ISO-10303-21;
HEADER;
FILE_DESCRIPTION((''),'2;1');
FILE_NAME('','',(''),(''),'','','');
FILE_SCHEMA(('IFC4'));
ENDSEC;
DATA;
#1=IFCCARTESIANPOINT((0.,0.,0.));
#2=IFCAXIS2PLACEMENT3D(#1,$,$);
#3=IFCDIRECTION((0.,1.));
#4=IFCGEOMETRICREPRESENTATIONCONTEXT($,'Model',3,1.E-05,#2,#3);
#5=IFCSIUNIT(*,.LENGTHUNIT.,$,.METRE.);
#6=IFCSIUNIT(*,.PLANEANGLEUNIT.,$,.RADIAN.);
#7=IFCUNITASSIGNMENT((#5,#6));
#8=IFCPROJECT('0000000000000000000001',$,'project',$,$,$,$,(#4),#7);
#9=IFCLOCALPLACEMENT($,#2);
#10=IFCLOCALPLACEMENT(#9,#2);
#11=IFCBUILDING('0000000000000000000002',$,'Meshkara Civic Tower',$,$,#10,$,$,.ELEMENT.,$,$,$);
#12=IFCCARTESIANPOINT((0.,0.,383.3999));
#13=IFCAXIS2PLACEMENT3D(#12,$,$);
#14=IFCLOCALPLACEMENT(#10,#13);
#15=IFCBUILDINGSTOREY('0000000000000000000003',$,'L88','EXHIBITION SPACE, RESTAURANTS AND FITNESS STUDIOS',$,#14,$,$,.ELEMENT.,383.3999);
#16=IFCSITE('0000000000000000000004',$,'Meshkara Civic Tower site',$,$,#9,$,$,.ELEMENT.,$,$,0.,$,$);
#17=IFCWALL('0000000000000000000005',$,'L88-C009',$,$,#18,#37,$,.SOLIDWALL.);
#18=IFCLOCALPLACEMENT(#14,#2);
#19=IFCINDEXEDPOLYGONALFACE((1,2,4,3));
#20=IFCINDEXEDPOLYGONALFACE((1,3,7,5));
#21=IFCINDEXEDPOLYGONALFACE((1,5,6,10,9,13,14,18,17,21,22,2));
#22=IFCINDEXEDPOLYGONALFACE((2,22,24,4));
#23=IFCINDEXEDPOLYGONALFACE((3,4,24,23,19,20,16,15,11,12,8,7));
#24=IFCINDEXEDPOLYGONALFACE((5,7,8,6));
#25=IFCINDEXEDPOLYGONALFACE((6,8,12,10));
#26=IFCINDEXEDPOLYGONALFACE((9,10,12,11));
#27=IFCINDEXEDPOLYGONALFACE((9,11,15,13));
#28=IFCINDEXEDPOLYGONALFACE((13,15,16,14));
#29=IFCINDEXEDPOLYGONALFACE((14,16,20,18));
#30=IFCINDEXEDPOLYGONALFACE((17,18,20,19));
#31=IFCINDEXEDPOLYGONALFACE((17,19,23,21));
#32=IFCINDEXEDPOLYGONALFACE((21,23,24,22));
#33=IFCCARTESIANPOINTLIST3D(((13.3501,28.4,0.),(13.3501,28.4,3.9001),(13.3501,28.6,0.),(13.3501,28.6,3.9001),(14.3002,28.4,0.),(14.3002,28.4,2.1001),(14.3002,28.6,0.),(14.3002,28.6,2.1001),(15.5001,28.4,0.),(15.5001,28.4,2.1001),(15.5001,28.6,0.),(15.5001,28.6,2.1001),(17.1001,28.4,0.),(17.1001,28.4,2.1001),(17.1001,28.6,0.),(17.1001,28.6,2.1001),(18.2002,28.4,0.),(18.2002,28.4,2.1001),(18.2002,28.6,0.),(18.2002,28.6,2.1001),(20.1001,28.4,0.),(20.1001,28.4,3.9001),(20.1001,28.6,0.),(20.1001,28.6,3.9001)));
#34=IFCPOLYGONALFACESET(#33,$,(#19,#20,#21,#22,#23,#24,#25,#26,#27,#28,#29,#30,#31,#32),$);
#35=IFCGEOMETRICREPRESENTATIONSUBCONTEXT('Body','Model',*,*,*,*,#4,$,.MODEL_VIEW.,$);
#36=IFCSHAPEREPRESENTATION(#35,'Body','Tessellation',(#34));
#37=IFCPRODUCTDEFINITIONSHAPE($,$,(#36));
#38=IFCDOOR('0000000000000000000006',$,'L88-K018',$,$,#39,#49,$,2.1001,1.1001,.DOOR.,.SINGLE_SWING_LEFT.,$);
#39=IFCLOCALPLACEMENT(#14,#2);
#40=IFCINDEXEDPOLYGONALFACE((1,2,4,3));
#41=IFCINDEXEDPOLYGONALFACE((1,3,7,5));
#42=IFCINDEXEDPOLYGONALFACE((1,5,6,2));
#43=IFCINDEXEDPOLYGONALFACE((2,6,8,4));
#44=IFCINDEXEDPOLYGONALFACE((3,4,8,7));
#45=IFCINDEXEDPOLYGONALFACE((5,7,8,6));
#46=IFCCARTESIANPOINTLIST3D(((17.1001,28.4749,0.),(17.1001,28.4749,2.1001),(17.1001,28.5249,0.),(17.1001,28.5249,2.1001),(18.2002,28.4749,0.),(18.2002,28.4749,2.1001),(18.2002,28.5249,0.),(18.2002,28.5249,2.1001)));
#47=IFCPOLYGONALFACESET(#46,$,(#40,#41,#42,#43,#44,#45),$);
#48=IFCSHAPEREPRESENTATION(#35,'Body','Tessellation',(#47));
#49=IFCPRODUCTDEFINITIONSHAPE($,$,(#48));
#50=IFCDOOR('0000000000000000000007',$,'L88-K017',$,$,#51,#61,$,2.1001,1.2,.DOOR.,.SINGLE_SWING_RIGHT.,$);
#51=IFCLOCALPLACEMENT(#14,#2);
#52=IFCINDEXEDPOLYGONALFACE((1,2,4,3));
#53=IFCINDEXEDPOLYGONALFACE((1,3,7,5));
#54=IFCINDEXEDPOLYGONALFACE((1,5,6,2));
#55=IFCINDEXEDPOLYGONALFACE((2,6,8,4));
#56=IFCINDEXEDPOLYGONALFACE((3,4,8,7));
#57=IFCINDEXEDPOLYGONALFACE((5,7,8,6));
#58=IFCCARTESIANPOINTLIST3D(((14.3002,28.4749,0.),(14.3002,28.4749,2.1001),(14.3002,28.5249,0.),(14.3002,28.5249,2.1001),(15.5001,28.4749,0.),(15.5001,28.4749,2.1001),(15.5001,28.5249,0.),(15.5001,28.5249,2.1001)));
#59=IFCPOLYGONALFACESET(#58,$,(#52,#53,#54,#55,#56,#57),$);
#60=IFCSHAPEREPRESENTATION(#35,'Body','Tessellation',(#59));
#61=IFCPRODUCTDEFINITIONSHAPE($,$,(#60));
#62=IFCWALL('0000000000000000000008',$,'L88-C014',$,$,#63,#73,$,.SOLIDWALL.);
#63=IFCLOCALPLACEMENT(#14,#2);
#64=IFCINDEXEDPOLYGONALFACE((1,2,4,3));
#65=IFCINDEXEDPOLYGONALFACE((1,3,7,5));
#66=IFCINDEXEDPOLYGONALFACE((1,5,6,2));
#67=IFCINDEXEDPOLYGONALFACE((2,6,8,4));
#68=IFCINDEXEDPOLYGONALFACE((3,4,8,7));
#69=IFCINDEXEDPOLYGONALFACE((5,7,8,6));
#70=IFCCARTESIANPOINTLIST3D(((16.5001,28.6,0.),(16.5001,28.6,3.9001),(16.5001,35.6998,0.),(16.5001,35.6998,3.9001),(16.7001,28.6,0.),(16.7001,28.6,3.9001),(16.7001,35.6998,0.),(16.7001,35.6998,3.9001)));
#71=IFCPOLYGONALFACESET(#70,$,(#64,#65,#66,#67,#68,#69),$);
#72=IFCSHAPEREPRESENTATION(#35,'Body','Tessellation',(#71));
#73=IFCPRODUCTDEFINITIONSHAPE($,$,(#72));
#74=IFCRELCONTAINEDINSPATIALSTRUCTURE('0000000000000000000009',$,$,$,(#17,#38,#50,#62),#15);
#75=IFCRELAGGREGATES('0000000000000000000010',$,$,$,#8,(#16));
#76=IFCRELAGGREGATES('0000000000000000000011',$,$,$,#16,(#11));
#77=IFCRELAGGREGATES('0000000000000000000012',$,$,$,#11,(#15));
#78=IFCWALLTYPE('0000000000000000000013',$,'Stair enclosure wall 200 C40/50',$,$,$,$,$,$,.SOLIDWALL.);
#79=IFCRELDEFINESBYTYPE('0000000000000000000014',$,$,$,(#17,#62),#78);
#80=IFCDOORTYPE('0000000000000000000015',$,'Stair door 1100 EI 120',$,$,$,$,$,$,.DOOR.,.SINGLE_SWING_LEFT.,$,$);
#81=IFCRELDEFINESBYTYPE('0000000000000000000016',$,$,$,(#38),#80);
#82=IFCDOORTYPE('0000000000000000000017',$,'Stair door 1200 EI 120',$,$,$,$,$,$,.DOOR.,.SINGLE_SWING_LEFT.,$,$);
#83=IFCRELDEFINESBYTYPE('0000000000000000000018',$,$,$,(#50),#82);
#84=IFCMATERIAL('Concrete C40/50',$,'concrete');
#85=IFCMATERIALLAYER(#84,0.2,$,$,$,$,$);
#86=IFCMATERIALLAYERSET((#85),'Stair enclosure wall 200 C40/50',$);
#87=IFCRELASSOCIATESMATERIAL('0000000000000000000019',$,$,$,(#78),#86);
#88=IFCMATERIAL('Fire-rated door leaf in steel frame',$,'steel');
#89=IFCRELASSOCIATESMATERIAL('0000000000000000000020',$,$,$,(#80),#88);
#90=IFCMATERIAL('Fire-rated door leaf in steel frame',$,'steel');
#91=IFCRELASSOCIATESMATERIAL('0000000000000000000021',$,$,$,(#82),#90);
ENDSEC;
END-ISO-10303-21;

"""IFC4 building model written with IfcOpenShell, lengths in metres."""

from ifc_helpers import new_model, si_unit, direction, frame, frame_2d, origin, place, context, subcontext, project, spatial, rectangle, extrude, material, layer, layer_set, type_object, element, fill, save


model = new_model("IFC4")

# Units and contexts
model_context = context("Model", 3, precision=1e-05, world=origin(), true_north=direction((0.0, 1.0)))
body_context = subcontext(model_context, "Body", "Model", "MODEL_VIEW")
ifc_project = project(units=[si_unit("LENGTHUNIT", "METRE"), si_unit("PLANEANGLEUNIT", "RADIAN")], contexts=[model_context])

# Site, building, storey
site_placement = place(None, origin())
site = spatial("IfcSite", under=ifc_project, at=site_placement, Name="Meshkara Civic Tower site", CompositionType="ELEMENT", RefElevation=0.0)
building_placement = place(site_placement, origin())
building = spatial("IfcBuilding", under=site, at=building_placement, Name="Meshkara Civic Tower", CompositionType="ELEMENT")
storey_placement = place(building_placement, frame((0.0, 0.0, 383.3999)))
storey = spatial("IfcBuildingStorey", under=building, at=storey_placement, Name="L88", Description="EXHIBITION SPACE, RESTAURANTS AND FITNESS STUDIOS", CompositionType="ELEMENT", Elevation=383.3999)

# Wall, openings, doors
ifc_material_1 = material(Name="Concrete C40/50", Category="concrete")
ifc_layer_1 = layer(ifc_material_1, 0.2)
ifc_layer_set_1 = layer_set([ifc_layer_1], Name="Stair enclosure wall 200 C40/50")
wall_type_1 = type_object("IfcWallType", Name="Stair enclosure wall 200 C40/50", PredefinedType="SOLIDWALL", material=ifc_layer_set_1)
wall_1_placement = place(storey_placement, frame((13.3501, 28.5, 0.0), z_axis=(0.0, 0.0, 1.0), x_axis=(1.0, 0.0, 0.0)))
wall_1 = element("IfcWall", 1, at=wall_1_placement, inside=storey, type_object=wall_type_1, Name="L88-C009", PredefinedType="SOLIDWALL", context=body_context, shape_type="SweptSolid", body=[
    extrude(rectangle(XDim=6.75, YDim=0.2, at=frame_2d((3.375, 0.0))), origin(), (0.0, 0.0, 1.0), 3.9001),
])
opening_1_placement = place(wall_1_placement, frame((0.95, 0.0, 0.0)))
opening_1 = element("IfcOpeningElement", 2, at=opening_1_placement, cuts=wall_1, PredefinedType="OPENING", context=body_context, shape_type="SweptSolid", body=[
    extrude(rectangle(XDim=1.2, YDim=2.1001, at=frame_2d((0.6001, 1.05))), frame((0.0, 0.1099, 0.0), z_axis=(0.0, -1.0, 0.0), x_axis=(1.0, 0.0, 0.0)), (0.0, 0.0, 1.0), 0.22),
])
opening_2_placement = place(wall_1_placement, frame((3.75, 0.0, 0.0)))
opening_2 = element("IfcOpeningElement", 3, at=opening_2_placement, cuts=wall_1, PredefinedType="OPENING", context=body_context, shape_type="SweptSolid", body=[
    extrude(rectangle(XDim=1.1001, YDim=2.1001, at=frame_2d((0.55, 1.05))), frame((0.0, 0.1099, 0.0), z_axis=(0.0, -1.0, 0.0), x_axis=(1.0, 0.0, 0.0)), (0.0, 0.0, 1.0), 0.22),
])
ifc_material_2 = material(Name="Fire-rated door leaf in steel frame", Category="steel")
door_type_1 = type_object("IfcDoorType", Name="Stair door 1100 EI 120", OperationType="SINGLE_SWING_LEFT", PredefinedType="DOOR", material=ifc_material_2)
door_1_placement = place(opening_2_placement, origin())
door_1 = element("IfcDoor", 4, at=door_1_placement, inside=storey, type_object=door_type_1, Name="L88-K018", OperationType="SINGLE_SWING_LEFT", OverallHeight=2.1001, OverallWidth=1.1001, PredefinedType="DOOR", context=body_context, shape_type="SweptSolid", body=[
    extrude(rectangle(XDim=1.1001, YDim=2.1001, at=frame_2d((0.55, 1.05))), frame((0.0, 0.0249, 0.0), z_axis=(0.0, -1.0, 0.0), x_axis=(1.0, 0.0, 0.0)), (0.0, 0.0, 1.0), 0.05),
])
fill(opening_2, door_1)
ifc_material_3 = material(Name="Fire-rated door leaf in steel frame", Category="steel")
door_type_2 = type_object("IfcDoorType", Name="Stair door 1200 EI 120", OperationType="SINGLE_SWING_LEFT", PredefinedType="DOOR", material=ifc_material_3)
door_2_placement = place(opening_1_placement, origin())
door_2 = element("IfcDoor", 5, at=door_2_placement, inside=storey, type_object=door_type_2, Name="L88-K017", OperationType="SINGLE_SWING_RIGHT", OverallHeight=2.1001, OverallWidth=1.2, PredefinedType="DOOR", context=body_context, shape_type="SweptSolid", body=[
    extrude(rectangle(XDim=1.2, YDim=2.1001, at=frame_2d((0.6001, 1.05))), frame((0.0, 0.0249, 0.0), z_axis=(0.0, -1.0, 0.0), x_axis=(1.0, 0.0, 0.0)), (0.0, 0.0, 1.0), 0.05),
])
fill(opening_1, door_2)

# Wall
wall_2_placement = place(storey_placement, frame((16.6001, 28.6001, 0.0), z_axis=(0.0, 0.0, 1.0), x_axis=(0.0, 1.0, 0.0)))
element("IfcWall", 6, at=wall_2_placement, inside=storey, type_object=wall_type_1, Name="L88-C014", PredefinedType="SOLIDWALL", context=body_context, shape_type="SweptSolid", body=[
    extrude(rectangle(XDim=7.0999, YDim=0.2, at=frame_2d((3.5498, 0.0))), origin(), (0.0, 0.0, 1.0), 3.9001),
])

save(model, "model.ifc")
